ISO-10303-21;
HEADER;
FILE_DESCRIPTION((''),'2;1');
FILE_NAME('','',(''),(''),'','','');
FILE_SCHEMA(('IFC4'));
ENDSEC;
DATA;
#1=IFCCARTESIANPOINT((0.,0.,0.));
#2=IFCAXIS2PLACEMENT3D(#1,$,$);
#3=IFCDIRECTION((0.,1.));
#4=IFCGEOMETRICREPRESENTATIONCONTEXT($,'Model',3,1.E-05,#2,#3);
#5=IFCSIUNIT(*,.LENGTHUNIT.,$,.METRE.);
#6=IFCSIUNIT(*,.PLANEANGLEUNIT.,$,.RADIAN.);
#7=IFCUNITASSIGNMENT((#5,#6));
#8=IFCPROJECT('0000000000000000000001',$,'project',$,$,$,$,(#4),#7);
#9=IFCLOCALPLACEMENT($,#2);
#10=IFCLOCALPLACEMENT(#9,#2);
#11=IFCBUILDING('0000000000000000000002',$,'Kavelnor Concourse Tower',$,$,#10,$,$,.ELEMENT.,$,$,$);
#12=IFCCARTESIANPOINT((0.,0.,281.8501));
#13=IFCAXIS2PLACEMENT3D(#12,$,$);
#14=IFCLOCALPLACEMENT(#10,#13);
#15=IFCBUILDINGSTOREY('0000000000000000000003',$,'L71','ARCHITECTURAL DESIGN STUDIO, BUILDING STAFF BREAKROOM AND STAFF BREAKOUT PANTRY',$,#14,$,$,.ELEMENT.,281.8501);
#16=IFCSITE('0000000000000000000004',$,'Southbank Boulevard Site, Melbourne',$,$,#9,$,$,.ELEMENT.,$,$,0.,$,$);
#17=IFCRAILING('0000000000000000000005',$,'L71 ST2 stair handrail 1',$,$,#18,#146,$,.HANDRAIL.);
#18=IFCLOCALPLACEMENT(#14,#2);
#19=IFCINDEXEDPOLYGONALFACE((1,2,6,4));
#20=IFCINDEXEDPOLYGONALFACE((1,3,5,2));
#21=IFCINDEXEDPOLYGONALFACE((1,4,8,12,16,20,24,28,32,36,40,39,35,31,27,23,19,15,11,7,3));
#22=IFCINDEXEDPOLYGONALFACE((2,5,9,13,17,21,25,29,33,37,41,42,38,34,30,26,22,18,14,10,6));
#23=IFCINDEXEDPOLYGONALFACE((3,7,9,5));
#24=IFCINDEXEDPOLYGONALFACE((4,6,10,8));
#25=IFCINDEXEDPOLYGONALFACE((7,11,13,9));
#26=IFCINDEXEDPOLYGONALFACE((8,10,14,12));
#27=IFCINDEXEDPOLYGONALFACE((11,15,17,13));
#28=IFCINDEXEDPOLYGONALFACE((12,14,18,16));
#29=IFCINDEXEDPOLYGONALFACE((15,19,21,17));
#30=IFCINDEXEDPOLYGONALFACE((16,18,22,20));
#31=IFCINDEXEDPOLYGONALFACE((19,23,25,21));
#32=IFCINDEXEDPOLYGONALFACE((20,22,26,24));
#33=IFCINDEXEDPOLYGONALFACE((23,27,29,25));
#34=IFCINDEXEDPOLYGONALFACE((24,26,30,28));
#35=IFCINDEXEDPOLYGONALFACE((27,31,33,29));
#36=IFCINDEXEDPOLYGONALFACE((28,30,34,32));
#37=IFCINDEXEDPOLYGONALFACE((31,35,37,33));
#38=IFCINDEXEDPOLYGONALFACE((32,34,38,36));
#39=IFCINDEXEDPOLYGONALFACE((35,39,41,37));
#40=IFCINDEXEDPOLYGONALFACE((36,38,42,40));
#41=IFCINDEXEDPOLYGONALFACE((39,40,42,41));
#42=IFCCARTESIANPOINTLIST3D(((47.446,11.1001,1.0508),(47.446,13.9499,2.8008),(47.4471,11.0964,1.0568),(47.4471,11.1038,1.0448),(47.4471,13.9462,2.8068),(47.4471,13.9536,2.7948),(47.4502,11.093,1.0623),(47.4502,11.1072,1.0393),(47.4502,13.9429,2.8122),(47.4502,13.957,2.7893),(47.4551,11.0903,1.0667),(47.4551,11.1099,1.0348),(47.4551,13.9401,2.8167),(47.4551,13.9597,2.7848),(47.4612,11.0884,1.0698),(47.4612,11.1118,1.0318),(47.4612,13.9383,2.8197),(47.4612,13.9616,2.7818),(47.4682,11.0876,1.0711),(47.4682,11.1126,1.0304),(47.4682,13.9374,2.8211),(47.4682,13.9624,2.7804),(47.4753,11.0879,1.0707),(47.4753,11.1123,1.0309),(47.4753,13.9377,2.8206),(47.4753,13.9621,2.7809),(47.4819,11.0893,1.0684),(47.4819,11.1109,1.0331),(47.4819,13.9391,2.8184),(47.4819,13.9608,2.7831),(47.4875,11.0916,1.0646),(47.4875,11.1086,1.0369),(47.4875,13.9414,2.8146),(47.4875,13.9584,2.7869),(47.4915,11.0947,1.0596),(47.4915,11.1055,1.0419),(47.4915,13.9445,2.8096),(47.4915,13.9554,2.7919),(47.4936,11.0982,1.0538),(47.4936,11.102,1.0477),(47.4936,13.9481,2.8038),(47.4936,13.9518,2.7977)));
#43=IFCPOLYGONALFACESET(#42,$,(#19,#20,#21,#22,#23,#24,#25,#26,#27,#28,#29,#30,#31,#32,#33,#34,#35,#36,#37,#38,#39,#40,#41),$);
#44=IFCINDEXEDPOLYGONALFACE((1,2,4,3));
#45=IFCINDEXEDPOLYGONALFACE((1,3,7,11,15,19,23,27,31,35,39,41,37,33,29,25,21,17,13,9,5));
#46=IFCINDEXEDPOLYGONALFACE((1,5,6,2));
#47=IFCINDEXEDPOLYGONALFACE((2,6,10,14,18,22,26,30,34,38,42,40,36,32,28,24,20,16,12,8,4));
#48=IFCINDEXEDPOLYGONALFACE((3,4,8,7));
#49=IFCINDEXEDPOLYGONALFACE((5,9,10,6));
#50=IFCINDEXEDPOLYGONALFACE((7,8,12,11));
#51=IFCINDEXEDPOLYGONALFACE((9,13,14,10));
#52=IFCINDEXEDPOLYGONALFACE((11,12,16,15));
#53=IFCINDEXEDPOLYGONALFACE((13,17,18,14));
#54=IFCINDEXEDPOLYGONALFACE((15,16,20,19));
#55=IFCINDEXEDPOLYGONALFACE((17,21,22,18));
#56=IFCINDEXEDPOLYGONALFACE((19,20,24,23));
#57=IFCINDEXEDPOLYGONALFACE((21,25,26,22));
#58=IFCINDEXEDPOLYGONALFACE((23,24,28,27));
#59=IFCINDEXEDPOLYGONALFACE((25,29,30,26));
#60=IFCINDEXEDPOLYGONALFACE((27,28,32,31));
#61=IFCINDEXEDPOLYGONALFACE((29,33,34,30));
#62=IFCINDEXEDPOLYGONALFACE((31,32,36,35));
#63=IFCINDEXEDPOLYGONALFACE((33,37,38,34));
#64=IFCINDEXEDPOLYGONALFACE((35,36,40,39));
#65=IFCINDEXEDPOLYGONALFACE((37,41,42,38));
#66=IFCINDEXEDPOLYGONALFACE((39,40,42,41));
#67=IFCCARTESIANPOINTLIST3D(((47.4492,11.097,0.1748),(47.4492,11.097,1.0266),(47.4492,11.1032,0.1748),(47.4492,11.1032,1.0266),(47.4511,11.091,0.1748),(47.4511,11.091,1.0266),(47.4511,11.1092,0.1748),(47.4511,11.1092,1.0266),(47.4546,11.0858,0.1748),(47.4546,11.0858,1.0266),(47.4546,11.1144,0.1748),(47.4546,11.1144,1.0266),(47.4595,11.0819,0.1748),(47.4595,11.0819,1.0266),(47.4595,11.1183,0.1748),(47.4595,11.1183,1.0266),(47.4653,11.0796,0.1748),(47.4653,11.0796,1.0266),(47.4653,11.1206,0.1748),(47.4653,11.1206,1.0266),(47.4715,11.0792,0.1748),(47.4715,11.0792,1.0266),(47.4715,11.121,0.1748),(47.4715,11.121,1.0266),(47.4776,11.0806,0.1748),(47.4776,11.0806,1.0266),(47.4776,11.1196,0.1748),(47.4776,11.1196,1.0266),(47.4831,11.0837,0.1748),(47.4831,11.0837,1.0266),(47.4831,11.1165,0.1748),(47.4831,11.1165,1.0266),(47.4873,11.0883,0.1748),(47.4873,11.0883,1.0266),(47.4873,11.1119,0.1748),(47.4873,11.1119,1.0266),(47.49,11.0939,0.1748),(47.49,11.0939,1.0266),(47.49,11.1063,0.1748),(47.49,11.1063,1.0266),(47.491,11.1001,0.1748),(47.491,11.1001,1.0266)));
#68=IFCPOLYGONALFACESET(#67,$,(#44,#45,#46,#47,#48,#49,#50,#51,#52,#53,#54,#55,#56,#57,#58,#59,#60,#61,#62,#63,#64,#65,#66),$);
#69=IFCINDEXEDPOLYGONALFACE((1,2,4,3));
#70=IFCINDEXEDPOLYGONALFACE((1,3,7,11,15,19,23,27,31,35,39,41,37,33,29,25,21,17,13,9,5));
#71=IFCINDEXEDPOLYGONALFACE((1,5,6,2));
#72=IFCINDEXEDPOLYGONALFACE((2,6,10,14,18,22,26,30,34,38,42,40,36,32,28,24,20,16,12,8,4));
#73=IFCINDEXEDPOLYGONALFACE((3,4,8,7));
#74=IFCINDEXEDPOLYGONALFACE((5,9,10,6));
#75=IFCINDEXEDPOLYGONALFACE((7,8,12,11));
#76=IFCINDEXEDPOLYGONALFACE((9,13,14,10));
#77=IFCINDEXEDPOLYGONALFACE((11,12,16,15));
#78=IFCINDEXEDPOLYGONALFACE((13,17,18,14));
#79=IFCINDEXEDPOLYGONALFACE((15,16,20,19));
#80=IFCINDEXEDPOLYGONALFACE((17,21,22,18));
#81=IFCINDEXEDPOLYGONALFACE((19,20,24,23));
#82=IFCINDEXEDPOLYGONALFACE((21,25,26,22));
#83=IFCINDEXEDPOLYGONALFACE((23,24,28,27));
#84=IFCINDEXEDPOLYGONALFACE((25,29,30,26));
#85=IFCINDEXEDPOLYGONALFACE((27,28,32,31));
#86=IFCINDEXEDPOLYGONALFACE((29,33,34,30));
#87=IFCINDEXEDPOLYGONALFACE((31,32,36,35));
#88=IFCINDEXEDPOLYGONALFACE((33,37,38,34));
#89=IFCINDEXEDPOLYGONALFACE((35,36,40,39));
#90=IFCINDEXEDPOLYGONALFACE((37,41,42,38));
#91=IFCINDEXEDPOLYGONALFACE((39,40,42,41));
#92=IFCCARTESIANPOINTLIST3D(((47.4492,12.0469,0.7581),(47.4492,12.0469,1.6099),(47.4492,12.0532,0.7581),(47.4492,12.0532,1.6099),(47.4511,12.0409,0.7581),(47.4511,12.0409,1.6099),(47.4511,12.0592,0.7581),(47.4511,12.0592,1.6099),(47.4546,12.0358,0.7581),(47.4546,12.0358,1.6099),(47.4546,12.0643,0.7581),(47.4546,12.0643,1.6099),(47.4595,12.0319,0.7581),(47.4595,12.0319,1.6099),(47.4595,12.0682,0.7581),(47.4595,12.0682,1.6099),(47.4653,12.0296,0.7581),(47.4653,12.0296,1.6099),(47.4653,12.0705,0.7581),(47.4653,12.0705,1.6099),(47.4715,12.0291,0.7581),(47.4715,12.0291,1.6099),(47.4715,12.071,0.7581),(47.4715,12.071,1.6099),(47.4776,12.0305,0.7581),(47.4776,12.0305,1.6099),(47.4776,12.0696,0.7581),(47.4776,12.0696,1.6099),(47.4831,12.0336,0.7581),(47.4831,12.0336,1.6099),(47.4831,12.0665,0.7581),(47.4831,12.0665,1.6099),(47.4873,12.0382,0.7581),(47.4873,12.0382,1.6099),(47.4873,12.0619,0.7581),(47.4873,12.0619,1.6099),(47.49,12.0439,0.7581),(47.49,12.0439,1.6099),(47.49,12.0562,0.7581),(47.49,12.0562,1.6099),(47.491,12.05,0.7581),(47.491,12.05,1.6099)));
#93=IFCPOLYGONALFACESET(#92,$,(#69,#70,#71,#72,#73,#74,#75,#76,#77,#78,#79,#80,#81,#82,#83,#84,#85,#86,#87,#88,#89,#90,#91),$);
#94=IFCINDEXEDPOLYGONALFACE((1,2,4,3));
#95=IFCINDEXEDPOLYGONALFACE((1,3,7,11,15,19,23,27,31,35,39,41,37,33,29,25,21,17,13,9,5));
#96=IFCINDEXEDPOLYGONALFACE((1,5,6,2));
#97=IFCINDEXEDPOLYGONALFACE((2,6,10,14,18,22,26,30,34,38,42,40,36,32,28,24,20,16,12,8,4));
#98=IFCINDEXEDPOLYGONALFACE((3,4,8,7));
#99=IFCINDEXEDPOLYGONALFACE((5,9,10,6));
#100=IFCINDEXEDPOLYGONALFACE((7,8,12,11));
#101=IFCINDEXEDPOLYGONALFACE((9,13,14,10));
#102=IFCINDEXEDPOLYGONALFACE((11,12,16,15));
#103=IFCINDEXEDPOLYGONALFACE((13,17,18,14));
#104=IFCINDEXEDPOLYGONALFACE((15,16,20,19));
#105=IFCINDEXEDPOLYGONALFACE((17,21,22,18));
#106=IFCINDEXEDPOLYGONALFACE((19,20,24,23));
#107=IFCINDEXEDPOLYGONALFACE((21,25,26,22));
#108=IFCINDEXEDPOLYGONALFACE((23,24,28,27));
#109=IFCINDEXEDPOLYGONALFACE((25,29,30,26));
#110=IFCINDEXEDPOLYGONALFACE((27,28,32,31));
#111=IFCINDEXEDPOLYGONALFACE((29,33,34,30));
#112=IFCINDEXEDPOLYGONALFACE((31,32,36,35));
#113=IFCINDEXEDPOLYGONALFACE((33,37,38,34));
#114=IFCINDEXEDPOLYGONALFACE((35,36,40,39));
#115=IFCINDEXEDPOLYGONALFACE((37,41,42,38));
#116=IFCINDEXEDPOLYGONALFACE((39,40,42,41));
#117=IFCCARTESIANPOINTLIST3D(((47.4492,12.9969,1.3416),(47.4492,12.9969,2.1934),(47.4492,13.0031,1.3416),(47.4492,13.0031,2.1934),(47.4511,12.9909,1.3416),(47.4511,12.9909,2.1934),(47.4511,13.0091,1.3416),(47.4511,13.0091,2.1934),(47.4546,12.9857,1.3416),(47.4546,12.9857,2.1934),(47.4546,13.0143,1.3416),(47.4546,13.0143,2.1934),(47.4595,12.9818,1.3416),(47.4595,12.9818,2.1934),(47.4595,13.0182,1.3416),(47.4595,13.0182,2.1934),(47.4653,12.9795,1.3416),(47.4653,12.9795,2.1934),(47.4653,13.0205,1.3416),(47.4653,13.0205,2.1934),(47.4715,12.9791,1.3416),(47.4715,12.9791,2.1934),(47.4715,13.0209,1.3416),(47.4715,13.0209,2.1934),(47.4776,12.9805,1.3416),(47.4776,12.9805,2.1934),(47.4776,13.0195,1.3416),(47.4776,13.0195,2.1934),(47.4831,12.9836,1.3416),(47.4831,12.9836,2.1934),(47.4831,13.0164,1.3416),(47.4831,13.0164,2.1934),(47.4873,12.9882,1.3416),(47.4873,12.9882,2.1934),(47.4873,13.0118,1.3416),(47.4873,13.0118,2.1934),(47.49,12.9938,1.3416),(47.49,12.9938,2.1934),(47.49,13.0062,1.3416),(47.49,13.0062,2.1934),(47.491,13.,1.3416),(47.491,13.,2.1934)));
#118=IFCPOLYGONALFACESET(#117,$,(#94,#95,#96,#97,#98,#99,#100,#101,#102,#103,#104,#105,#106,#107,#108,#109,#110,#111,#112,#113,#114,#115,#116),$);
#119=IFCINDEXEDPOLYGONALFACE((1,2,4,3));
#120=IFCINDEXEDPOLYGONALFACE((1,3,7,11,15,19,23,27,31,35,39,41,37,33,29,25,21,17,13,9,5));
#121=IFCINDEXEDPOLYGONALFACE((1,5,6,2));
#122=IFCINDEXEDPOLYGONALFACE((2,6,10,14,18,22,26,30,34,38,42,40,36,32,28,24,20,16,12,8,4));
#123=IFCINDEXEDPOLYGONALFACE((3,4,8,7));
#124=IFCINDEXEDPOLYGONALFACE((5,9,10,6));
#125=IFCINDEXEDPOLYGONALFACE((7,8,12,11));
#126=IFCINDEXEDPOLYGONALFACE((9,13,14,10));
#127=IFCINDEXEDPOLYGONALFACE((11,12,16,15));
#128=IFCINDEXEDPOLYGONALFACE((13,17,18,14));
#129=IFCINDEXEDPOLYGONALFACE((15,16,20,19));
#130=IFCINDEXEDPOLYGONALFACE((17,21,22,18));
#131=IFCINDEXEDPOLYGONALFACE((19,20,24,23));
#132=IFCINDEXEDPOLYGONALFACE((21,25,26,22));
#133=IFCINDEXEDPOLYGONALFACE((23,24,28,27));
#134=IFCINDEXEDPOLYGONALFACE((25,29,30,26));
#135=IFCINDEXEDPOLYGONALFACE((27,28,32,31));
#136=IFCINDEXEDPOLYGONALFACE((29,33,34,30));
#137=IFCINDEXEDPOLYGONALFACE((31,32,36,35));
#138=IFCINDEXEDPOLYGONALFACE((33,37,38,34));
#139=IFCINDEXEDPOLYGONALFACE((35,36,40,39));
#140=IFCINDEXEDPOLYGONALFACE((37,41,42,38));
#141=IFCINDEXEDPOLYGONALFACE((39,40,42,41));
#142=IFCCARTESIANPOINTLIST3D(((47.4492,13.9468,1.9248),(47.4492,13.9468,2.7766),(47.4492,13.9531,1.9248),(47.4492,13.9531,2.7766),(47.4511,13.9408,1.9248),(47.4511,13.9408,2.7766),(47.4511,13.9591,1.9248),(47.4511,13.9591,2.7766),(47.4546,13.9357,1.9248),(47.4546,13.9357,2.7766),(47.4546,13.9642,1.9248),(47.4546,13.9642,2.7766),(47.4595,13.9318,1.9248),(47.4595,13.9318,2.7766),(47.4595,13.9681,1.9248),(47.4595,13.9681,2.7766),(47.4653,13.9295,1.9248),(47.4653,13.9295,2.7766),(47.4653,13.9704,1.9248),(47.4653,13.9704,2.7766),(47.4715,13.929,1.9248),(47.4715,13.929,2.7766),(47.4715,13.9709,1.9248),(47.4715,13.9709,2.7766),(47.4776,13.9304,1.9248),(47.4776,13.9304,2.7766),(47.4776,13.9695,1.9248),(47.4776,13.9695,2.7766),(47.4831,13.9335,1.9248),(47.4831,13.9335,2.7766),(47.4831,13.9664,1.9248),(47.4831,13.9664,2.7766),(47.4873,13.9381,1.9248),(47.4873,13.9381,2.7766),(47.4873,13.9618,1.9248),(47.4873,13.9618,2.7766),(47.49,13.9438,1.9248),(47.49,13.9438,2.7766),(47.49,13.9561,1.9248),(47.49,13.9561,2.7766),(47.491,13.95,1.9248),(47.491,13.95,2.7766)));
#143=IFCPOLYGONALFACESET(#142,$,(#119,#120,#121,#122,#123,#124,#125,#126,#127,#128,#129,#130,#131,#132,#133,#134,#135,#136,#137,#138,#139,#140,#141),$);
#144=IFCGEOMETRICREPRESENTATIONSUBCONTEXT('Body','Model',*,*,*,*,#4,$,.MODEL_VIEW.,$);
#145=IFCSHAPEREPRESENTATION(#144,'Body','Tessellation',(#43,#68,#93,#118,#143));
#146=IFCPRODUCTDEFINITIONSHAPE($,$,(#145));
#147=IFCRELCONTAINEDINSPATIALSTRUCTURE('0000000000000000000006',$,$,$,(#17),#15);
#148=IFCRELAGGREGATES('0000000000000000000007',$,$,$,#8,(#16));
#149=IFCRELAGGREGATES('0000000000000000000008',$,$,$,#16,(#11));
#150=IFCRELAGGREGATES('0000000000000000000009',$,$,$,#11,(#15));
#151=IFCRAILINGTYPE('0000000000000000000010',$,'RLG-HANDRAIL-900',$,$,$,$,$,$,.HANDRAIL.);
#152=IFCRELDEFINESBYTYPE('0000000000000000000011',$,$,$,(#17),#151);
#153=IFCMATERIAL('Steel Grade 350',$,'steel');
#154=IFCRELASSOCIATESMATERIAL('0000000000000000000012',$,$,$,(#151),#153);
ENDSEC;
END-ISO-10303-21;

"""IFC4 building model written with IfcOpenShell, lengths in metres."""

from ifc_helpers import new_model, si_unit, direction, frame, origin, origin_2d, place, context, subcontext, project, spatial, circle, extrude, material, type_object, element, save


model = new_model("IFC4")

# Units and contexts
model_context = context("Model", 3, precision=1e-05, world=origin(), true_north=direction((0.0, 1.0)))
body_context = subcontext(model_context, "Body", "Model", "MODEL_VIEW")
ifc_project = project(units=[si_unit("LENGTHUNIT", "METRE"), si_unit("PLANEANGLEUNIT", "RADIAN")], contexts=[model_context])

# Site, building, storey
site_placement = place(None, origin())
site = spatial("IfcSite", under=ifc_project, at=site_placement, Name="Southbank Boulevard Site, Melbourne", CompositionType="ELEMENT", RefElevation=0.0)
building_placement = place(site_placement, origin())
building = spatial("IfcBuilding", under=site, at=building_placement, Name="Kavelnor Concourse Tower", CompositionType="ELEMENT")
storey_placement = place(building_placement, frame((0.0, 0.0, 281.8501)))
storey = spatial("IfcBuildingStorey", under=building, at=storey_placement, Name="L71", Description="ARCHITECTURAL DESIGN STUDIO, BUILDING STAFF BREAKROOM AND STAFF BREAKOUT PANTRY", CompositionType="ELEMENT", Elevation=281.8501)

# Shared definitions
ifc_material_1 = material(Name="Steel Grade 350", Category="steel")

# Railing
railing_type_1 = type_object("IfcRailingType", Name="RLG-HANDRAIL-900", PredefinedType="HANDRAIL", material=ifc_material_1)
railing_1_placement = place(storey_placement, frame((47.47, 11.1001, 0.1748)))
element("IfcRailing", 1, at=railing_1_placement, inside=storey, type_object=railing_type_1, Name="L71 ST2 stair handrail 1", PredefinedType="HANDRAIL", context=body_context, shape_type="SweptSolid", body=[
    extrude(circle(Radius=0.0239, at=origin_2d()), frame((0.0, 0.0, 0.876), z_axis=(0.0, 0.852159, 0.523283), x_axis=(-1.0, 0.0, 0.0)), (0.0, 0.0, 1.0), 3.3442),
    extrude(circle(Radius=0.021, at=origin_2d()), origin(), (0.0, 0.0, 1.0), 0.8518),
    extrude(circle(Radius=0.021, at=origin_2d()), frame((0.0, 0.95, 0.5833)), (0.0, 0.0, 1.0), 0.8518),
    extrude(circle(Radius=0.021, at=origin_2d()), frame((0.0, 1.8999, 1.1667)), (0.0, 0.0, 1.0), 0.8518),
    extrude(circle(Radius=0.021, at=origin_2d()), frame((0.0, 2.8499, 1.75)), (0.0, 0.0, 1.0), 0.8518),
])

save(model, "model.ifc")
